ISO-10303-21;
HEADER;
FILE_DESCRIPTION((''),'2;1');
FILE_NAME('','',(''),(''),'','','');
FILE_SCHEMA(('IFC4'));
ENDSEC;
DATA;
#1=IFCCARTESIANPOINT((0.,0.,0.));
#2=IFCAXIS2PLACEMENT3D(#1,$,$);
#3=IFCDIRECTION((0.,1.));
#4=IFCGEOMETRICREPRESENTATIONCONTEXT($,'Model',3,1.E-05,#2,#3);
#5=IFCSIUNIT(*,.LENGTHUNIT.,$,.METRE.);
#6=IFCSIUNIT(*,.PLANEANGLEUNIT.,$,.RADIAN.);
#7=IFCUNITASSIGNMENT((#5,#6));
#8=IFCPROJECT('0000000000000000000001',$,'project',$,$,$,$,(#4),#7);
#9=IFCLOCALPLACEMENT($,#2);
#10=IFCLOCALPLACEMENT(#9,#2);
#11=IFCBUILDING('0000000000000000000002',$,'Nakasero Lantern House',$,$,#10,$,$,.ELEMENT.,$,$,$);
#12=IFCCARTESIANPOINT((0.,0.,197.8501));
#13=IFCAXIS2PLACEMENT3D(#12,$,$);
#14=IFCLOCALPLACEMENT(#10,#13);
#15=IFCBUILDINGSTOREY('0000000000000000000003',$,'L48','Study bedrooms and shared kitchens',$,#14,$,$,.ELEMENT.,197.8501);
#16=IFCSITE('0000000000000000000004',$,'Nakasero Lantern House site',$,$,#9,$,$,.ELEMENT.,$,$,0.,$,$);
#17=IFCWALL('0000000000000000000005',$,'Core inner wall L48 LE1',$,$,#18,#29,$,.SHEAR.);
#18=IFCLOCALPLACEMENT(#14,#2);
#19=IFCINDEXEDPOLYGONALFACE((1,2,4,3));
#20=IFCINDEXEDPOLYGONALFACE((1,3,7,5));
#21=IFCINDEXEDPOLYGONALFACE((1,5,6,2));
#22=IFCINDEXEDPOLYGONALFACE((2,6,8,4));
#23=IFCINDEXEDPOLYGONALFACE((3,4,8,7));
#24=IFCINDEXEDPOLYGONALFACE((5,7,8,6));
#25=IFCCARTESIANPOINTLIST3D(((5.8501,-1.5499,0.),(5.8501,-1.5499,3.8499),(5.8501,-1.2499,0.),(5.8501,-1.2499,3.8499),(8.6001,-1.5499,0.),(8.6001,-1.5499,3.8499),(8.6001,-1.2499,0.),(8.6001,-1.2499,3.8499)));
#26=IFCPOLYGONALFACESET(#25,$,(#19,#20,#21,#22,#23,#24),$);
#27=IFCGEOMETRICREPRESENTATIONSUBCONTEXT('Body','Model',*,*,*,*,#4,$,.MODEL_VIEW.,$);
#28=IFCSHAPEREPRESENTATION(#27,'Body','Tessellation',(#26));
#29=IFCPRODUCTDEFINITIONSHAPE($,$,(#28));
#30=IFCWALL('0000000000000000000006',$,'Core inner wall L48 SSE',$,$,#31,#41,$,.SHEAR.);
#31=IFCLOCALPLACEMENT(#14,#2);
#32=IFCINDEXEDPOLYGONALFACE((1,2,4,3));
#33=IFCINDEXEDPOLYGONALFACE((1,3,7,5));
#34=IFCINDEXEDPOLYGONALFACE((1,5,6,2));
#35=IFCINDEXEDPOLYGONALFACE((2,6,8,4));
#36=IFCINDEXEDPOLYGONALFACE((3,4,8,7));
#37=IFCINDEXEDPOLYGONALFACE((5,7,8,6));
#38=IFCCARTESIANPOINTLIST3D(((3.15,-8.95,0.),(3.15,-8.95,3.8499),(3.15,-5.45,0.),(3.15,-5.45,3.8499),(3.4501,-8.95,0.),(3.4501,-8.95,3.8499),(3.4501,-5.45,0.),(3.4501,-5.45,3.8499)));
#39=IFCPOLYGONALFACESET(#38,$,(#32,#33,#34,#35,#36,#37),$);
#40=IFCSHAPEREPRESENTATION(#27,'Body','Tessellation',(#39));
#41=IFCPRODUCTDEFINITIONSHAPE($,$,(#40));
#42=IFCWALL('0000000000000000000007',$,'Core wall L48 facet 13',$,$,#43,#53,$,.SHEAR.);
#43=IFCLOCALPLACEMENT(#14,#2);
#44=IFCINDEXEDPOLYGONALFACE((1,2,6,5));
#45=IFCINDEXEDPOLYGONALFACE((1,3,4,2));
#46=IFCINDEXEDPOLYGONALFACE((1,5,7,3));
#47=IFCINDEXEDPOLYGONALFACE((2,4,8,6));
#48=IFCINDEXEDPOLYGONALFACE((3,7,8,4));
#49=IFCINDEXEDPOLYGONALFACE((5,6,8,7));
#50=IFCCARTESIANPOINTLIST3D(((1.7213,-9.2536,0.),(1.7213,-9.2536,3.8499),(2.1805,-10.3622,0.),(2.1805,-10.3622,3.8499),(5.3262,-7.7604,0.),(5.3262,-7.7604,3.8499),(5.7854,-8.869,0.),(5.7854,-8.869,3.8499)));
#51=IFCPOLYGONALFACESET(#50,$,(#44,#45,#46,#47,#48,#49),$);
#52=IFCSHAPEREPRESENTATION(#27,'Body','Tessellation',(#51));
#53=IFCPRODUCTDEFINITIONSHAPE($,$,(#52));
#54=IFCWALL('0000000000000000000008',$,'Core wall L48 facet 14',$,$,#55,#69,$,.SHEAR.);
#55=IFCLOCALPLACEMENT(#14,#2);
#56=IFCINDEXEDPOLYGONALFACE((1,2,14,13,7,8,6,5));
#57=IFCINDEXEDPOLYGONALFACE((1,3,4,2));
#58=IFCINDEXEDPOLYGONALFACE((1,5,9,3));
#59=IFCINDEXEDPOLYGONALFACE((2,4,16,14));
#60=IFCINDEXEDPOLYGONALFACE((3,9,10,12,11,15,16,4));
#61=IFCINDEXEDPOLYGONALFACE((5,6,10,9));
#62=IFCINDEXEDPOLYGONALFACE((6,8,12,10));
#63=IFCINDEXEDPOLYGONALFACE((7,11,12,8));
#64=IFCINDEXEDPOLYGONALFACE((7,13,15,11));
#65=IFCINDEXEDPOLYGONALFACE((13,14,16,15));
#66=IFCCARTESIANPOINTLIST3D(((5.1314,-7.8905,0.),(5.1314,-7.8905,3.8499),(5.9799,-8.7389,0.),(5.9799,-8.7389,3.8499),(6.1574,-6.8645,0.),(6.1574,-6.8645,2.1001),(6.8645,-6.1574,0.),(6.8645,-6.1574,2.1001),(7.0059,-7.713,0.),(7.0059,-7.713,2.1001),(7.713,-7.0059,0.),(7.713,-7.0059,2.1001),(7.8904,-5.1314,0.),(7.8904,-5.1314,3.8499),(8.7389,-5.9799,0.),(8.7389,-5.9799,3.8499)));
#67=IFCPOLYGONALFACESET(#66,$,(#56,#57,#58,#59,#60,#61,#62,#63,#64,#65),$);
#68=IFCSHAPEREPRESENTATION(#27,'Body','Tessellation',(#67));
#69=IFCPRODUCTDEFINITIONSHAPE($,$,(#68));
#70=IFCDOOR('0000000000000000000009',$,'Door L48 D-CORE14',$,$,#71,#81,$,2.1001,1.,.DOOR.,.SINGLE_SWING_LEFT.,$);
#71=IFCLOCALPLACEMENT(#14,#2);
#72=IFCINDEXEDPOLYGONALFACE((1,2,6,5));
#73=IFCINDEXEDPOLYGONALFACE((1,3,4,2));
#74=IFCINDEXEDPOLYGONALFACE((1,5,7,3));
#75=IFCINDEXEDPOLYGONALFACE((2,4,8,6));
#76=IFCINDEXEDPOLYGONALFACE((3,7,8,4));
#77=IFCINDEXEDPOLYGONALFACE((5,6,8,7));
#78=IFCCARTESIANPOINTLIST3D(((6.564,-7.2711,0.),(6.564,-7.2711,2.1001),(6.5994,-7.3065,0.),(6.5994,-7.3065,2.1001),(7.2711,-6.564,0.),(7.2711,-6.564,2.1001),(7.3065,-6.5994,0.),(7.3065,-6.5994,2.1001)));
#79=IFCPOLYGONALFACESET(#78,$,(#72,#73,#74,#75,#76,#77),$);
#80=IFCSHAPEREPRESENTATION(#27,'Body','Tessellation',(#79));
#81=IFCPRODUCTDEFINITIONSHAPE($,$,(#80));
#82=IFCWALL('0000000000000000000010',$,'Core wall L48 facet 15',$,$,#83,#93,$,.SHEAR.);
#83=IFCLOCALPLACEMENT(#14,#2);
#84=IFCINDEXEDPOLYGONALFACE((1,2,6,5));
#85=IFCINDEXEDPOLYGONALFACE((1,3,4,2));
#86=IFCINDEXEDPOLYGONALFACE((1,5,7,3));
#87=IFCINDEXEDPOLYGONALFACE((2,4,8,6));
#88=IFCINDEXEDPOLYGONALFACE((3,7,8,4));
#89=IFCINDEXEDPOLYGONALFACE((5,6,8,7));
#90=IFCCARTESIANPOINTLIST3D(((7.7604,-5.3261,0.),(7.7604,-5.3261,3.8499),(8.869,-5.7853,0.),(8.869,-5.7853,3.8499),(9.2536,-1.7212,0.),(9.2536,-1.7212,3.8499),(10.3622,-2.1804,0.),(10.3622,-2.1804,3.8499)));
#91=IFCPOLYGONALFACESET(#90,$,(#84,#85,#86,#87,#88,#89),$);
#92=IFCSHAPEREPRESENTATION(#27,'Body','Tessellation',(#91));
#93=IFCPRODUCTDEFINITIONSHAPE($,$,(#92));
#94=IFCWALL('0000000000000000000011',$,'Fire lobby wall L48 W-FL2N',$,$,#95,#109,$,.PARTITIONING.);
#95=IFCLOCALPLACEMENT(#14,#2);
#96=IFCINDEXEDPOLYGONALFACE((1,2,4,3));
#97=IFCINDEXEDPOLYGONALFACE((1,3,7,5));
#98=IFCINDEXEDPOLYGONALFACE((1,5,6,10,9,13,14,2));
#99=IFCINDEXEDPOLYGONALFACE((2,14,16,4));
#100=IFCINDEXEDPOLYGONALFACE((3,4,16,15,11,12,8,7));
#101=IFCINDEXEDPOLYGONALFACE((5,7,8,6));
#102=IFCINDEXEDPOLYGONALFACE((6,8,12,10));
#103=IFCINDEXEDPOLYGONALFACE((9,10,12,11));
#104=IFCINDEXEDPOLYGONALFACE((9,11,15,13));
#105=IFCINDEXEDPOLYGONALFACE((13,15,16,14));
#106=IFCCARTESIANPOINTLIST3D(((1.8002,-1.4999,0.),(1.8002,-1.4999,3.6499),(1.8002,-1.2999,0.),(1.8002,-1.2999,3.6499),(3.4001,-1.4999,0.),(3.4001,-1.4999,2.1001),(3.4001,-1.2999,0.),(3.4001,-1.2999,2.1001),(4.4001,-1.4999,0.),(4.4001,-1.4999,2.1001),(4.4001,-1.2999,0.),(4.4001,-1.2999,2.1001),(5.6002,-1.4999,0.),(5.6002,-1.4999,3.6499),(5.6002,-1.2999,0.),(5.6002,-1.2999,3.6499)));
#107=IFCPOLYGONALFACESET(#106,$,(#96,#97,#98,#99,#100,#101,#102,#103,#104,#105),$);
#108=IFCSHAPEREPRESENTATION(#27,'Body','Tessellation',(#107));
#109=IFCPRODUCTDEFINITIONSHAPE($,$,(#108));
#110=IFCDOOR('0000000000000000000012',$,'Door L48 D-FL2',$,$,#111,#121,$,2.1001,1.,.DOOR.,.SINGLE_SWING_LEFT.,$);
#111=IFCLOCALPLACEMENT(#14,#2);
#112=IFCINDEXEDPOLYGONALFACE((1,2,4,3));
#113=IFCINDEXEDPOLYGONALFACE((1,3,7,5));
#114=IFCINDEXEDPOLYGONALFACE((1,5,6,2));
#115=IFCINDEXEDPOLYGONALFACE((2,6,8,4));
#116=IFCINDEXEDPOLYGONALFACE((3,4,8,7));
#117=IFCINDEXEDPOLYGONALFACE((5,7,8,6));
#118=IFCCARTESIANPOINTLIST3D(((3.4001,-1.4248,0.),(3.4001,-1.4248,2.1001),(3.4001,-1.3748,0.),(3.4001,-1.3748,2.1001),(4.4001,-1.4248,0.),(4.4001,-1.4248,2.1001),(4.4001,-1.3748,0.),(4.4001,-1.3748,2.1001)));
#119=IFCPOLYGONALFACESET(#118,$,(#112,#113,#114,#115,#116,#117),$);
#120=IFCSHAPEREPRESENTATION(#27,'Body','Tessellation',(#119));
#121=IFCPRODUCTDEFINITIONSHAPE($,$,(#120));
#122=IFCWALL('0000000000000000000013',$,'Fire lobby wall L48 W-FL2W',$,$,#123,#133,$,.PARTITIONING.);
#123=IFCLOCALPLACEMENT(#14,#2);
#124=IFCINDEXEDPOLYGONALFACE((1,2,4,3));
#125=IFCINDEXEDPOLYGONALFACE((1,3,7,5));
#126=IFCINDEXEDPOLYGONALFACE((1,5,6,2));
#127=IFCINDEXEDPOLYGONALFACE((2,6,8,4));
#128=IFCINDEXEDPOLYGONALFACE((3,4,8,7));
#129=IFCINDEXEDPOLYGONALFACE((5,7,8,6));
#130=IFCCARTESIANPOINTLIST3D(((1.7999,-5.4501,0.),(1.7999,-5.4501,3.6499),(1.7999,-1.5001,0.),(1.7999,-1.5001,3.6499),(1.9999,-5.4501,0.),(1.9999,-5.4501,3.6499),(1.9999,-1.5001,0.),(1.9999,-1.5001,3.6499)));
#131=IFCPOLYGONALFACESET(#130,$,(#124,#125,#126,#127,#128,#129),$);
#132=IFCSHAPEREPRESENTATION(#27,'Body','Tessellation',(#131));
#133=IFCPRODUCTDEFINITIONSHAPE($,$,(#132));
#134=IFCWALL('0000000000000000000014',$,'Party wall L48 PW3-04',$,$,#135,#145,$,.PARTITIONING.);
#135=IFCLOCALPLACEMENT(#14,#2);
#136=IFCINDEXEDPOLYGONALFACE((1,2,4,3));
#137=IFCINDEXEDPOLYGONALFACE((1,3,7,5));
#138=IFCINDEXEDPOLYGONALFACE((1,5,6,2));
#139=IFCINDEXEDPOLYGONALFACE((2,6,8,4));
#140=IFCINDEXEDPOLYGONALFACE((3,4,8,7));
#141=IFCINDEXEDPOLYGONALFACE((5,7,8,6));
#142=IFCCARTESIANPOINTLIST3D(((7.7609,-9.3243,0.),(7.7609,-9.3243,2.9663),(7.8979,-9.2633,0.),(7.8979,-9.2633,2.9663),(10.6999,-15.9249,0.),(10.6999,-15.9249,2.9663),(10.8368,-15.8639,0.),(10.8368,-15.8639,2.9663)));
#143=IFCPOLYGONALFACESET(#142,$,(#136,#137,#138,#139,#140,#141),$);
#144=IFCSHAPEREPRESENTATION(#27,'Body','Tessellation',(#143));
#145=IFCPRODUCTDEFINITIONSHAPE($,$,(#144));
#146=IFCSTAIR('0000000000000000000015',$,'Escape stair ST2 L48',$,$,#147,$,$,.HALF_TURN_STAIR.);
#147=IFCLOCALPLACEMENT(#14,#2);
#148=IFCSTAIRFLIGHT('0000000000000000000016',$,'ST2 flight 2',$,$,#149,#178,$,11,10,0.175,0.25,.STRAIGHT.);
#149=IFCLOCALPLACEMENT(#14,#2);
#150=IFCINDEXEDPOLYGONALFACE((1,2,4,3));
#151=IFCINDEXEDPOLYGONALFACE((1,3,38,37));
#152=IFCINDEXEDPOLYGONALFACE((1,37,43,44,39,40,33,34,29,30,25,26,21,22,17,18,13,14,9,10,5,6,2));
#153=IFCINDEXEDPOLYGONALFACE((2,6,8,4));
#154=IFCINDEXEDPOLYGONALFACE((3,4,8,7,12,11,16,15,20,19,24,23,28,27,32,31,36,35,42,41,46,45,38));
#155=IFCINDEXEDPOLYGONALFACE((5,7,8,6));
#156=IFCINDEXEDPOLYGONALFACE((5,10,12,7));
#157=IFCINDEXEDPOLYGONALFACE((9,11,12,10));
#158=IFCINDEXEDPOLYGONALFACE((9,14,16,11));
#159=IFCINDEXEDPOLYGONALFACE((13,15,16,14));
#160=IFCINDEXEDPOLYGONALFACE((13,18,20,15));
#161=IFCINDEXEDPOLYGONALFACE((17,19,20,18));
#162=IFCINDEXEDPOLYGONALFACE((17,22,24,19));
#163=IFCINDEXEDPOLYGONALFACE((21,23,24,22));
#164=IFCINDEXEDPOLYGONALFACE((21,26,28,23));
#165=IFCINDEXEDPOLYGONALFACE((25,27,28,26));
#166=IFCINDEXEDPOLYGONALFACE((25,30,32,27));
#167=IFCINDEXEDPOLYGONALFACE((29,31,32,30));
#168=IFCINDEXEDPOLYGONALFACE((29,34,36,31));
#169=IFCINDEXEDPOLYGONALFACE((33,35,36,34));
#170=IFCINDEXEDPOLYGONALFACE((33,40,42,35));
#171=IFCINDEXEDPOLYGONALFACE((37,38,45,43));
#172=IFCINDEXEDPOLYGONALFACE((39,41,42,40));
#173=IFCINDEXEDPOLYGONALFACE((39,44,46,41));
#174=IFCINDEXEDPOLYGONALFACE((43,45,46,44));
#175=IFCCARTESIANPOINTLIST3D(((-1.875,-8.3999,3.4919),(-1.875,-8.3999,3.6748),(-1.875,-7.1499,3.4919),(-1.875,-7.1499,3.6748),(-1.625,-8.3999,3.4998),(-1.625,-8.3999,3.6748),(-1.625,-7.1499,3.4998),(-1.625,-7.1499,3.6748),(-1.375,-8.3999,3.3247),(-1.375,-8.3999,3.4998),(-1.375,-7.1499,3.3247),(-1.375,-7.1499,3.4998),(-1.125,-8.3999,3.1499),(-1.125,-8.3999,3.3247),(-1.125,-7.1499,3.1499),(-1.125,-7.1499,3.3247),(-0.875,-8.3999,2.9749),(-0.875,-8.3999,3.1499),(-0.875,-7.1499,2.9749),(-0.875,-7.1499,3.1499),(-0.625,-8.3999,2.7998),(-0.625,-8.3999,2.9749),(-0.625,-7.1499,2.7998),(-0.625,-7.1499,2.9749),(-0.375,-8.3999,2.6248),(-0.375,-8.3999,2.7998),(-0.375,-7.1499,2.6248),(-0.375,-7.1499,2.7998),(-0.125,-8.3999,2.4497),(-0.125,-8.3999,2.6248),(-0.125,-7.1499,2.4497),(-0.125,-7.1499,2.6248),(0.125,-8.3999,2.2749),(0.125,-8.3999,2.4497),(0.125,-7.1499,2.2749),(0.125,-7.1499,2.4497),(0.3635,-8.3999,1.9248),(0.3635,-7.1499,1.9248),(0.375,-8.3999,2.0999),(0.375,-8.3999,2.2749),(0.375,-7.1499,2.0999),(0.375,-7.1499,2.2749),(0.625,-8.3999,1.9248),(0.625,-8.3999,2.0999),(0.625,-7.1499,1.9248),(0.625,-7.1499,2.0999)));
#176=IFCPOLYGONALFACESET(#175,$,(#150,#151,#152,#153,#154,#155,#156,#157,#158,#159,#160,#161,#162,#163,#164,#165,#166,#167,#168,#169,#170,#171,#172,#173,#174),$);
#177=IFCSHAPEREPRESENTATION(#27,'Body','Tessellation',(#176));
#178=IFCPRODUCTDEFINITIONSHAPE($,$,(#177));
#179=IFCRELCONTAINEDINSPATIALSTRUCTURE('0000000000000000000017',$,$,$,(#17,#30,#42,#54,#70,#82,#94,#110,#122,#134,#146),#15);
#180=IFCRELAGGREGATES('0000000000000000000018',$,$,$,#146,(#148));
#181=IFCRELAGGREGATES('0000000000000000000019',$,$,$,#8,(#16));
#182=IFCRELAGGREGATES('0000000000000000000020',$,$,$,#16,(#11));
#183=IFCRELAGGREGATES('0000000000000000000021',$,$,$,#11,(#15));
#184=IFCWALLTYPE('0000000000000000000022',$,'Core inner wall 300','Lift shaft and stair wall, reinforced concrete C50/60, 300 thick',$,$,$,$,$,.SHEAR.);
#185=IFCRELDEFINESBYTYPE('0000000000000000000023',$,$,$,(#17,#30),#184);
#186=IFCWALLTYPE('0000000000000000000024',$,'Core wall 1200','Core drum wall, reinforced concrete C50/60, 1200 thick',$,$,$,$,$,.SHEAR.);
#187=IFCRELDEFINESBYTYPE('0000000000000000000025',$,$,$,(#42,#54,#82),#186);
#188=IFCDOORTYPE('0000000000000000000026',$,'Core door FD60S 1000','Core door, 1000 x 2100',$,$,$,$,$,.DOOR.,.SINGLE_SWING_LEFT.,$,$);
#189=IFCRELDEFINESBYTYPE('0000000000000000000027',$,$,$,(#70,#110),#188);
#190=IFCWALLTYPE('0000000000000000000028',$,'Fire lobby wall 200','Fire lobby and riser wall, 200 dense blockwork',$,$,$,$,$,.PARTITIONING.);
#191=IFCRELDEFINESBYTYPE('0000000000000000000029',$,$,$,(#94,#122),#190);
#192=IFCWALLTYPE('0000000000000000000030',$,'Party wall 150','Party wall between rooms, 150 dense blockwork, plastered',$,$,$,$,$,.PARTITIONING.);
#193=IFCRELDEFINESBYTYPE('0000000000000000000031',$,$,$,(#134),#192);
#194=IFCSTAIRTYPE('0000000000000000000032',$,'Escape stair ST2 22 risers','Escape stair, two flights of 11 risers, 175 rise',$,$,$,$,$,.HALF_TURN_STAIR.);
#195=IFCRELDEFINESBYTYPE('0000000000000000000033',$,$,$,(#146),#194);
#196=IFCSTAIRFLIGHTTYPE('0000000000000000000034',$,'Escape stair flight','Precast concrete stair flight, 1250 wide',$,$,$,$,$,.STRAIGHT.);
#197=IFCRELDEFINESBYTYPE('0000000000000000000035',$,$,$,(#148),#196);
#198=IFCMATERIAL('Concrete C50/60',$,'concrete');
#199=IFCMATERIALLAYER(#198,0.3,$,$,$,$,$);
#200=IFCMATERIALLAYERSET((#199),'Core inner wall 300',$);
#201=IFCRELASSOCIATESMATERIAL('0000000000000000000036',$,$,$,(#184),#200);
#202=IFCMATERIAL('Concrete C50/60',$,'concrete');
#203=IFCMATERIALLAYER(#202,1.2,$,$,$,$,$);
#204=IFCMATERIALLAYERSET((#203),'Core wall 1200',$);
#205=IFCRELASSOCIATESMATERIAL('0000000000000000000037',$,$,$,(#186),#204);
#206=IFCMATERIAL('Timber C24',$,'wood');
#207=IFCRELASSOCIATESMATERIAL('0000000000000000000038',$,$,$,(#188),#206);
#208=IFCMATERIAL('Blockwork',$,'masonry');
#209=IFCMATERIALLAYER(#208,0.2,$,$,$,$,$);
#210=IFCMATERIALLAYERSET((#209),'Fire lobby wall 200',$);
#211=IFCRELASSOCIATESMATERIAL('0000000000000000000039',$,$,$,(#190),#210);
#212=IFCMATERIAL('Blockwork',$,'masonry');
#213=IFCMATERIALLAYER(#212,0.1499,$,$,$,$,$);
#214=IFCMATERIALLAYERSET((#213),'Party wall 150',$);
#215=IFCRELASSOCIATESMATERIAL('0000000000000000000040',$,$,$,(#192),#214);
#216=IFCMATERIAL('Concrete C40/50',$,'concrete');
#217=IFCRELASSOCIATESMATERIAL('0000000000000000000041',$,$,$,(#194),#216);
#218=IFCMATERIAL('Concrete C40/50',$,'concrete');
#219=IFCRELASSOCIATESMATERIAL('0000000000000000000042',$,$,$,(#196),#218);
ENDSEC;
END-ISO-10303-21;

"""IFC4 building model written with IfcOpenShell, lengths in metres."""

from ifc_helpers import new_model, si_unit, direction, frame, frame_2d, origin, place, context, subcontext, project, spatial, polyline, rectangle, outline, extrude, material, layer, layer_set, type_object, element, fill, aggregate, save


model = new_model("IFC4")

# Units and contexts
model_context = context("Model", 3, precision=1e-05, world=origin(), true_north=direction((0.0, 1.0)))
body_context = subcontext(model_context, "Body", "Model", "MODEL_VIEW")
ifc_project = project(units=[si_unit("LENGTHUNIT", "METRE"), si_unit("PLANEANGLEUNIT", "RADIAN")], contexts=[model_context])

# Site, building, storey
site_placement = place(None, origin())
site = spatial("IfcSite", under=ifc_project, at=site_placement, Name="Nakasero Lantern House site", CompositionType="ELEMENT", RefElevation=0.0)
building_placement = place(site_placement, origin())
building = spatial("IfcBuilding", under=site, at=building_placement, Name="Nakasero Lantern House", CompositionType="ELEMENT")
storey_placement = place(building_placement, frame((0.0, 0.0, 197.8501)))
storey = spatial("IfcBuildingStorey", under=building, at=storey_placement, Name="L48", Description="Study bedrooms and shared kitchens", CompositionType="ELEMENT", Elevation=197.8501)

# Shared definitions
ifc_material_1 = material(Name="Concrete C50/60", Category="concrete")
ifc_layer_1 = layer(ifc_material_1, 0.3)
ifc_layer_set_1 = layer_set([ifc_layer_1], Name="Core inner wall 300")
wall_type_1 = type_object("IfcWallType", Name="Core inner wall 300", Description="Lift shaft and stair wall, reinforced concrete C50/60, 300 thick", PredefinedType="SHEAR", material=ifc_layer_set_1)

# Walls
wall_1_placement = place(storey_placement, frame((5.8501, -1.3999, 0.0), z_axis=(0.0, 0.0, 1.0), x_axis=(1.0, 0.0, 0.0)))
element("IfcWall", 1, at=wall_1_placement, inside=storey, type_object=wall_type_1, Name="Core inner wall L48 LE1", PredefinedType="SHEAR", context=body_context, shape_type="SweptSolid", body=[
    extrude(rectangle(XDim=2.75, YDim=0.3, at=frame_2d((1.375, 0.0))), origin(), (0.0, 0.0, 1.0), 3.8499),
])
wall_2_placement = place(storey_placement, frame((3.3, -5.45, 0.0), z_axis=(0.0, 0.0, 1.0), x_axis=(0.0, -1.0, 0.0)))
element("IfcWall", 2, at=wall_2_placement, inside=storey, type_object=wall_type_1, Name="Core inner wall L48 SSE", PredefinedType="SHEAR", context=body_context, shape_type="SweptSolid", body=[
    extrude(rectangle(XDim=3.5, YDim=0.3, at=frame_2d((1.75, 0.0))), origin(), (0.0, 0.0, 1.0), 3.8499),
])
ifc_material_2 = material(Name="Concrete C50/60", Category="concrete")
ifc_layer_2 = layer(ifc_material_2, 1.2)
ifc_layer_set_2 = layer_set([ifc_layer_2], Name="Core wall 1200")
wall_type_2 = type_object("IfcWallType", Name="Core wall 1200", Description="Core drum wall, reinforced concrete C50/60, 1200 thick", PredefinedType="SHEAR", material=ifc_layer_set_2)
wall_3_placement = place(storey_placement, frame((1.9509, -9.8079, 0.0), z_axis=(0.0, 0.0, 1.0), x_axis=(0.923877, 0.382691, 0.0)))
element("IfcWall", 3, at=wall_3_placement, inside=storey, type_object=wall_type_2, Name="Core wall L48 facet 13", PredefinedType="SHEAR", context=body_context, shape_type="SweptSolid", body=[
    extrude(rectangle(XDim=3.9019, YDim=1.2, at=frame_2d((1.9509, 0.0))), origin(), (0.0, 0.0, 1.0), 3.8499),
])

# Wall, opening, door
wall_4_placement = place(storey_placement, frame((5.5557, -8.3147, 0.0), z_axis=(0.0, 0.0, 1.0), x_axis=(0.707107, 0.707107, 0.0)))
wall_4 = element("IfcWall", 4, at=wall_4_placement, inside=storey, type_object=wall_type_2, Name="Core wall L48 facet 14", PredefinedType="SHEAR", context=body_context, shape_type="SweptSolid", body=[
    extrude(rectangle(XDim=3.9019, YDim=1.2, at=frame_2d((1.9509, 0.0))), origin(), (0.0, 0.0, 1.0), 3.8499),
])
opening_1_placement = place(wall_4_placement, frame((1.4509, 0.0, 0.0)))
opening_1 = element("IfcOpeningElement", 5, at=opening_1_placement, cuts=wall_4, PredefinedType="OPENING", context=body_context, shape_type="SweptSolid", body=[
    extrude(rectangle(XDim=1.0, YDim=2.1001, at=frame_2d((0.5, 1.05))), frame((0.0, 0.6199, 0.0), z_axis=(0.0, -1.0, 0.0), x_axis=(1.0, 0.0, 0.0)), (0.0, 0.0, 1.0), 1.24),
])
ifc_material_3 = material(Name="Timber C24", Category="wood")
door_type_1 = type_object("IfcDoorType", Name="Core door FD60S 1000", Description="Core door, 1000 x 2100", OperationType="SINGLE_SWING_LEFT", PredefinedType="DOOR", material=ifc_material_3)
door_1_placement = place(opening_1_placement, origin())
door_1 = element("IfcDoor", 6, at=door_1_placement, inside=storey, type_object=door_type_1, Name="Door L48 D-CORE14", OperationType="SINGLE_SWING_LEFT", OverallHeight=2.1001, OverallWidth=1.0, PredefinedType="DOOR", context=body_context, shape_type="SweptSolid", body=[
    extrude(rectangle(XDim=1.0, YDim=2.1001, at=frame_2d((0.5, 1.05))), frame((0.0, 0.0249, 0.0), z_axis=(0.0, -1.0, 0.0), x_axis=(1.0, 0.0, 0.0)), (0.0, 0.0, 1.0), 0.05),
])
fill(opening_1, door_1)

# Wall
wall_5_placement = place(storey_placement, frame((8.3147, -5.5557, 0.0), z_axis=(0.0, 0.0, 1.0), x_axis=(0.382691, 0.923877, 0.0)))
element("IfcWall", 7, at=wall_5_placement, inside=storey, type_object=wall_type_2, Name="Core wall L48 facet 15", PredefinedType="SHEAR", context=body_context, shape_type="SweptSolid", body=[
    extrude(rectangle(XDim=3.9019, YDim=1.2, at=frame_2d((1.9509, 0.0))), origin(), (0.0, 0.0, 1.0), 3.8499),
])

# Wall, opening, door
ifc_material_4 = material(Name="Blockwork", Category="masonry")
ifc_layer_3 = layer(ifc_material_4, 0.2)
ifc_layer_set_3 = layer_set([ifc_layer_3], Name="Fire lobby wall 200")
wall_type_3 = type_object("IfcWallType", Name="Fire lobby wall 200", Description="Fire lobby and riser wall, 200 dense blockwork", PredefinedType="PARTITIONING", material=ifc_layer_set_3)
wall_6_placement = place(storey_placement, frame((5.6001, -1.3999, 0.0), z_axis=(0.0, 0.0, 1.0), x_axis=(-1.0, 0.0, 0.0)))
wall_6 = element("IfcWall", 8, at=wall_6_placement, inside=storey, type_object=wall_type_3, Name="Fire lobby wall L48 W-FL2N", PredefinedType="PARTITIONING", context=body_context, shape_type="SweptSolid", body=[
    extrude(rectangle(XDim=3.8, YDim=0.2, at=frame_2d((1.8999, 0.0))), origin(), (0.0, 0.0, 1.0), 3.6499),
])
opening_2_placement = place(wall_6_placement, frame((1.2, 0.0, 0.0)))
opening_2 = element("IfcOpeningElement", 9, at=opening_2_placement, cuts=wall_6, PredefinedType="OPENING", context=body_context, shape_type="SweptSolid", body=[
    extrude(rectangle(XDim=1.0, YDim=2.1001, at=frame_2d((0.5, 1.05))), frame((0.0, 0.1199, 0.0), z_axis=(0.0, -1.0, 0.0), x_axis=(1.0, 0.0, 0.0)), (0.0, 0.0, 1.0), 0.24),
])
door_2_placement = place(opening_2_placement, origin())
door_2 = element("IfcDoor", 10, at=door_2_placement, inside=storey, type_object=door_type_1, Name="Door L48 D-FL2", OperationType="SINGLE_SWING_LEFT", OverallHeight=2.1001, OverallWidth=1.0, PredefinedType="DOOR", context=body_context, shape_type="SweptSolid", body=[
    extrude(rectangle(XDim=1.0, YDim=2.1001, at=frame_2d((0.5, 1.05))), frame((0.0, 0.0249, 0.0), z_axis=(0.0, -1.0, 0.0), x_axis=(1.0, 0.0, 0.0)), (0.0, 0.0, 1.0), 0.05),
])
fill(opening_2, door_2)

# Walls
wall_7_placement = place(storey_placement, frame((1.8999, -1.5, 0.0), z_axis=(0.0, 0.0, 1.0), x_axis=(0.0, -1.0, 0.0)))
element("IfcWall", 11, at=wall_7_placement, inside=storey, type_object=wall_type_3, Name="Fire lobby wall L48 W-FL2W", PredefinedType="PARTITIONING", context=body_context, shape_type="SweptSolid", body=[
    extrude(rectangle(XDim=3.95, YDim=0.2, at=frame_2d((1.9751, 0.0))), origin(), (0.0, 0.0, 1.0), 3.6499),
])
ifc_material_5 = material(Name="Blockwork", Category="masonry")
ifc_layer_4 = layer(ifc_material_5, 0.1499)
ifc_layer_set_4 = layer_set([ifc_layer_4], Name="Party wall 150")
wall_type_4 = type_object("IfcWallType", Name="Party wall 150", Description="Party wall between rooms, 150 dense blockwork, plastered", PredefinedType="PARTITIONING", material=ifc_layer_set_4)
wall_8_placement = place(storey_placement, frame((7.8293, -9.2937, 0.0), z_axis=(0.0, 0.0, 1.0), x_axis=(0.406759, -0.913535, 0.0)))
element("IfcWall", 12, at=wall_8_placement, inside=storey, type_object=wall_type_4, Name="Party wall L48 PW3-04", PredefinedType="PARTITIONING", context=body_context, shape_type="SweptSolid", body=[
    extrude(rectangle(XDim=7.2253, YDim=0.1499, at=frame_2d((3.6128, 0.0))), origin(), (0.0, 0.0, 1.0), 2.9663),
])

# Stair, stair flight
ifc_material_6 = material(Name="Concrete C40/50", Category="concrete")
stair_type_1 = type_object("IfcStairType", Name="Escape stair ST2 22 risers", Description="Escape stair, two flights of 11 risers, 175 rise", PredefinedType="HALF_TURN_STAIR", material=ifc_material_6)
stair_1_placement = place(storey_placement, origin())
stair_1 = element("IfcStair", 13, at=stair_1_placement, inside=storey, type_object=stair_type_1, Name="Escape stair ST2 L48", PredefinedType="HALF_TURN_STAIR")
ifc_material_7 = material(Name="Concrete C40/50", Category="concrete")
stair_flight_type = type_object("IfcStairFlightType", Name="Escape stair flight", Description="Precast concrete stair flight, 1250 wide", PredefinedType="STRAIGHT", material=ifc_material_7)
stair_flight_placement = place(storey_placement, frame((0.625, -7.7749, 1.9248), z_axis=(0.0, 0.0, 1.0), x_axis=(-1.0, 0.0, 0.0)))
stair_flight = element("IfcStairFlight", 14, at=stair_flight_placement, type_object=stair_flight_type, Name="ST2 flight 2", NumberOfRisers=11, NumberOfTreads=10, PredefinedType="STRAIGHT", RiserHeight=0.175, TreadLength=0.25, context=body_context, shape_type="SweptSolid", body=[
    extrude(outline(polyline([(0.0, 0.0), (0.0, 0.175), (0.25, 0.175), (0.25, 0.3501), (0.5, 0.3501), (0.5, 0.5249), (0.75, 0.5249), (0.75, 0.7), (1.0, 0.7), (1.0, 0.875), (1.25, 0.875), (1.25, 1.05), (1.5, 1.05), (1.5, 1.2251), (1.75, 1.2251), (1.75, 1.3999), (2.0, 1.3999), (2.0, 1.575), (2.25, 1.575), (2.25, 1.75), (2.5, 1.75), (2.5, 1.925), (2.5, 1.5671), (0.2615, 0.0), (0.0, 0.0)])), frame((0.0, 0.625, 0.0), z_axis=(0.0, -1.0, 0.0), x_axis=(1.0, 0.0, 0.0)), (0.0, 0.0, 1.0), 1.25),
])
aggregate(stair_1, [stair_flight])

save(model, "model.ifc")
